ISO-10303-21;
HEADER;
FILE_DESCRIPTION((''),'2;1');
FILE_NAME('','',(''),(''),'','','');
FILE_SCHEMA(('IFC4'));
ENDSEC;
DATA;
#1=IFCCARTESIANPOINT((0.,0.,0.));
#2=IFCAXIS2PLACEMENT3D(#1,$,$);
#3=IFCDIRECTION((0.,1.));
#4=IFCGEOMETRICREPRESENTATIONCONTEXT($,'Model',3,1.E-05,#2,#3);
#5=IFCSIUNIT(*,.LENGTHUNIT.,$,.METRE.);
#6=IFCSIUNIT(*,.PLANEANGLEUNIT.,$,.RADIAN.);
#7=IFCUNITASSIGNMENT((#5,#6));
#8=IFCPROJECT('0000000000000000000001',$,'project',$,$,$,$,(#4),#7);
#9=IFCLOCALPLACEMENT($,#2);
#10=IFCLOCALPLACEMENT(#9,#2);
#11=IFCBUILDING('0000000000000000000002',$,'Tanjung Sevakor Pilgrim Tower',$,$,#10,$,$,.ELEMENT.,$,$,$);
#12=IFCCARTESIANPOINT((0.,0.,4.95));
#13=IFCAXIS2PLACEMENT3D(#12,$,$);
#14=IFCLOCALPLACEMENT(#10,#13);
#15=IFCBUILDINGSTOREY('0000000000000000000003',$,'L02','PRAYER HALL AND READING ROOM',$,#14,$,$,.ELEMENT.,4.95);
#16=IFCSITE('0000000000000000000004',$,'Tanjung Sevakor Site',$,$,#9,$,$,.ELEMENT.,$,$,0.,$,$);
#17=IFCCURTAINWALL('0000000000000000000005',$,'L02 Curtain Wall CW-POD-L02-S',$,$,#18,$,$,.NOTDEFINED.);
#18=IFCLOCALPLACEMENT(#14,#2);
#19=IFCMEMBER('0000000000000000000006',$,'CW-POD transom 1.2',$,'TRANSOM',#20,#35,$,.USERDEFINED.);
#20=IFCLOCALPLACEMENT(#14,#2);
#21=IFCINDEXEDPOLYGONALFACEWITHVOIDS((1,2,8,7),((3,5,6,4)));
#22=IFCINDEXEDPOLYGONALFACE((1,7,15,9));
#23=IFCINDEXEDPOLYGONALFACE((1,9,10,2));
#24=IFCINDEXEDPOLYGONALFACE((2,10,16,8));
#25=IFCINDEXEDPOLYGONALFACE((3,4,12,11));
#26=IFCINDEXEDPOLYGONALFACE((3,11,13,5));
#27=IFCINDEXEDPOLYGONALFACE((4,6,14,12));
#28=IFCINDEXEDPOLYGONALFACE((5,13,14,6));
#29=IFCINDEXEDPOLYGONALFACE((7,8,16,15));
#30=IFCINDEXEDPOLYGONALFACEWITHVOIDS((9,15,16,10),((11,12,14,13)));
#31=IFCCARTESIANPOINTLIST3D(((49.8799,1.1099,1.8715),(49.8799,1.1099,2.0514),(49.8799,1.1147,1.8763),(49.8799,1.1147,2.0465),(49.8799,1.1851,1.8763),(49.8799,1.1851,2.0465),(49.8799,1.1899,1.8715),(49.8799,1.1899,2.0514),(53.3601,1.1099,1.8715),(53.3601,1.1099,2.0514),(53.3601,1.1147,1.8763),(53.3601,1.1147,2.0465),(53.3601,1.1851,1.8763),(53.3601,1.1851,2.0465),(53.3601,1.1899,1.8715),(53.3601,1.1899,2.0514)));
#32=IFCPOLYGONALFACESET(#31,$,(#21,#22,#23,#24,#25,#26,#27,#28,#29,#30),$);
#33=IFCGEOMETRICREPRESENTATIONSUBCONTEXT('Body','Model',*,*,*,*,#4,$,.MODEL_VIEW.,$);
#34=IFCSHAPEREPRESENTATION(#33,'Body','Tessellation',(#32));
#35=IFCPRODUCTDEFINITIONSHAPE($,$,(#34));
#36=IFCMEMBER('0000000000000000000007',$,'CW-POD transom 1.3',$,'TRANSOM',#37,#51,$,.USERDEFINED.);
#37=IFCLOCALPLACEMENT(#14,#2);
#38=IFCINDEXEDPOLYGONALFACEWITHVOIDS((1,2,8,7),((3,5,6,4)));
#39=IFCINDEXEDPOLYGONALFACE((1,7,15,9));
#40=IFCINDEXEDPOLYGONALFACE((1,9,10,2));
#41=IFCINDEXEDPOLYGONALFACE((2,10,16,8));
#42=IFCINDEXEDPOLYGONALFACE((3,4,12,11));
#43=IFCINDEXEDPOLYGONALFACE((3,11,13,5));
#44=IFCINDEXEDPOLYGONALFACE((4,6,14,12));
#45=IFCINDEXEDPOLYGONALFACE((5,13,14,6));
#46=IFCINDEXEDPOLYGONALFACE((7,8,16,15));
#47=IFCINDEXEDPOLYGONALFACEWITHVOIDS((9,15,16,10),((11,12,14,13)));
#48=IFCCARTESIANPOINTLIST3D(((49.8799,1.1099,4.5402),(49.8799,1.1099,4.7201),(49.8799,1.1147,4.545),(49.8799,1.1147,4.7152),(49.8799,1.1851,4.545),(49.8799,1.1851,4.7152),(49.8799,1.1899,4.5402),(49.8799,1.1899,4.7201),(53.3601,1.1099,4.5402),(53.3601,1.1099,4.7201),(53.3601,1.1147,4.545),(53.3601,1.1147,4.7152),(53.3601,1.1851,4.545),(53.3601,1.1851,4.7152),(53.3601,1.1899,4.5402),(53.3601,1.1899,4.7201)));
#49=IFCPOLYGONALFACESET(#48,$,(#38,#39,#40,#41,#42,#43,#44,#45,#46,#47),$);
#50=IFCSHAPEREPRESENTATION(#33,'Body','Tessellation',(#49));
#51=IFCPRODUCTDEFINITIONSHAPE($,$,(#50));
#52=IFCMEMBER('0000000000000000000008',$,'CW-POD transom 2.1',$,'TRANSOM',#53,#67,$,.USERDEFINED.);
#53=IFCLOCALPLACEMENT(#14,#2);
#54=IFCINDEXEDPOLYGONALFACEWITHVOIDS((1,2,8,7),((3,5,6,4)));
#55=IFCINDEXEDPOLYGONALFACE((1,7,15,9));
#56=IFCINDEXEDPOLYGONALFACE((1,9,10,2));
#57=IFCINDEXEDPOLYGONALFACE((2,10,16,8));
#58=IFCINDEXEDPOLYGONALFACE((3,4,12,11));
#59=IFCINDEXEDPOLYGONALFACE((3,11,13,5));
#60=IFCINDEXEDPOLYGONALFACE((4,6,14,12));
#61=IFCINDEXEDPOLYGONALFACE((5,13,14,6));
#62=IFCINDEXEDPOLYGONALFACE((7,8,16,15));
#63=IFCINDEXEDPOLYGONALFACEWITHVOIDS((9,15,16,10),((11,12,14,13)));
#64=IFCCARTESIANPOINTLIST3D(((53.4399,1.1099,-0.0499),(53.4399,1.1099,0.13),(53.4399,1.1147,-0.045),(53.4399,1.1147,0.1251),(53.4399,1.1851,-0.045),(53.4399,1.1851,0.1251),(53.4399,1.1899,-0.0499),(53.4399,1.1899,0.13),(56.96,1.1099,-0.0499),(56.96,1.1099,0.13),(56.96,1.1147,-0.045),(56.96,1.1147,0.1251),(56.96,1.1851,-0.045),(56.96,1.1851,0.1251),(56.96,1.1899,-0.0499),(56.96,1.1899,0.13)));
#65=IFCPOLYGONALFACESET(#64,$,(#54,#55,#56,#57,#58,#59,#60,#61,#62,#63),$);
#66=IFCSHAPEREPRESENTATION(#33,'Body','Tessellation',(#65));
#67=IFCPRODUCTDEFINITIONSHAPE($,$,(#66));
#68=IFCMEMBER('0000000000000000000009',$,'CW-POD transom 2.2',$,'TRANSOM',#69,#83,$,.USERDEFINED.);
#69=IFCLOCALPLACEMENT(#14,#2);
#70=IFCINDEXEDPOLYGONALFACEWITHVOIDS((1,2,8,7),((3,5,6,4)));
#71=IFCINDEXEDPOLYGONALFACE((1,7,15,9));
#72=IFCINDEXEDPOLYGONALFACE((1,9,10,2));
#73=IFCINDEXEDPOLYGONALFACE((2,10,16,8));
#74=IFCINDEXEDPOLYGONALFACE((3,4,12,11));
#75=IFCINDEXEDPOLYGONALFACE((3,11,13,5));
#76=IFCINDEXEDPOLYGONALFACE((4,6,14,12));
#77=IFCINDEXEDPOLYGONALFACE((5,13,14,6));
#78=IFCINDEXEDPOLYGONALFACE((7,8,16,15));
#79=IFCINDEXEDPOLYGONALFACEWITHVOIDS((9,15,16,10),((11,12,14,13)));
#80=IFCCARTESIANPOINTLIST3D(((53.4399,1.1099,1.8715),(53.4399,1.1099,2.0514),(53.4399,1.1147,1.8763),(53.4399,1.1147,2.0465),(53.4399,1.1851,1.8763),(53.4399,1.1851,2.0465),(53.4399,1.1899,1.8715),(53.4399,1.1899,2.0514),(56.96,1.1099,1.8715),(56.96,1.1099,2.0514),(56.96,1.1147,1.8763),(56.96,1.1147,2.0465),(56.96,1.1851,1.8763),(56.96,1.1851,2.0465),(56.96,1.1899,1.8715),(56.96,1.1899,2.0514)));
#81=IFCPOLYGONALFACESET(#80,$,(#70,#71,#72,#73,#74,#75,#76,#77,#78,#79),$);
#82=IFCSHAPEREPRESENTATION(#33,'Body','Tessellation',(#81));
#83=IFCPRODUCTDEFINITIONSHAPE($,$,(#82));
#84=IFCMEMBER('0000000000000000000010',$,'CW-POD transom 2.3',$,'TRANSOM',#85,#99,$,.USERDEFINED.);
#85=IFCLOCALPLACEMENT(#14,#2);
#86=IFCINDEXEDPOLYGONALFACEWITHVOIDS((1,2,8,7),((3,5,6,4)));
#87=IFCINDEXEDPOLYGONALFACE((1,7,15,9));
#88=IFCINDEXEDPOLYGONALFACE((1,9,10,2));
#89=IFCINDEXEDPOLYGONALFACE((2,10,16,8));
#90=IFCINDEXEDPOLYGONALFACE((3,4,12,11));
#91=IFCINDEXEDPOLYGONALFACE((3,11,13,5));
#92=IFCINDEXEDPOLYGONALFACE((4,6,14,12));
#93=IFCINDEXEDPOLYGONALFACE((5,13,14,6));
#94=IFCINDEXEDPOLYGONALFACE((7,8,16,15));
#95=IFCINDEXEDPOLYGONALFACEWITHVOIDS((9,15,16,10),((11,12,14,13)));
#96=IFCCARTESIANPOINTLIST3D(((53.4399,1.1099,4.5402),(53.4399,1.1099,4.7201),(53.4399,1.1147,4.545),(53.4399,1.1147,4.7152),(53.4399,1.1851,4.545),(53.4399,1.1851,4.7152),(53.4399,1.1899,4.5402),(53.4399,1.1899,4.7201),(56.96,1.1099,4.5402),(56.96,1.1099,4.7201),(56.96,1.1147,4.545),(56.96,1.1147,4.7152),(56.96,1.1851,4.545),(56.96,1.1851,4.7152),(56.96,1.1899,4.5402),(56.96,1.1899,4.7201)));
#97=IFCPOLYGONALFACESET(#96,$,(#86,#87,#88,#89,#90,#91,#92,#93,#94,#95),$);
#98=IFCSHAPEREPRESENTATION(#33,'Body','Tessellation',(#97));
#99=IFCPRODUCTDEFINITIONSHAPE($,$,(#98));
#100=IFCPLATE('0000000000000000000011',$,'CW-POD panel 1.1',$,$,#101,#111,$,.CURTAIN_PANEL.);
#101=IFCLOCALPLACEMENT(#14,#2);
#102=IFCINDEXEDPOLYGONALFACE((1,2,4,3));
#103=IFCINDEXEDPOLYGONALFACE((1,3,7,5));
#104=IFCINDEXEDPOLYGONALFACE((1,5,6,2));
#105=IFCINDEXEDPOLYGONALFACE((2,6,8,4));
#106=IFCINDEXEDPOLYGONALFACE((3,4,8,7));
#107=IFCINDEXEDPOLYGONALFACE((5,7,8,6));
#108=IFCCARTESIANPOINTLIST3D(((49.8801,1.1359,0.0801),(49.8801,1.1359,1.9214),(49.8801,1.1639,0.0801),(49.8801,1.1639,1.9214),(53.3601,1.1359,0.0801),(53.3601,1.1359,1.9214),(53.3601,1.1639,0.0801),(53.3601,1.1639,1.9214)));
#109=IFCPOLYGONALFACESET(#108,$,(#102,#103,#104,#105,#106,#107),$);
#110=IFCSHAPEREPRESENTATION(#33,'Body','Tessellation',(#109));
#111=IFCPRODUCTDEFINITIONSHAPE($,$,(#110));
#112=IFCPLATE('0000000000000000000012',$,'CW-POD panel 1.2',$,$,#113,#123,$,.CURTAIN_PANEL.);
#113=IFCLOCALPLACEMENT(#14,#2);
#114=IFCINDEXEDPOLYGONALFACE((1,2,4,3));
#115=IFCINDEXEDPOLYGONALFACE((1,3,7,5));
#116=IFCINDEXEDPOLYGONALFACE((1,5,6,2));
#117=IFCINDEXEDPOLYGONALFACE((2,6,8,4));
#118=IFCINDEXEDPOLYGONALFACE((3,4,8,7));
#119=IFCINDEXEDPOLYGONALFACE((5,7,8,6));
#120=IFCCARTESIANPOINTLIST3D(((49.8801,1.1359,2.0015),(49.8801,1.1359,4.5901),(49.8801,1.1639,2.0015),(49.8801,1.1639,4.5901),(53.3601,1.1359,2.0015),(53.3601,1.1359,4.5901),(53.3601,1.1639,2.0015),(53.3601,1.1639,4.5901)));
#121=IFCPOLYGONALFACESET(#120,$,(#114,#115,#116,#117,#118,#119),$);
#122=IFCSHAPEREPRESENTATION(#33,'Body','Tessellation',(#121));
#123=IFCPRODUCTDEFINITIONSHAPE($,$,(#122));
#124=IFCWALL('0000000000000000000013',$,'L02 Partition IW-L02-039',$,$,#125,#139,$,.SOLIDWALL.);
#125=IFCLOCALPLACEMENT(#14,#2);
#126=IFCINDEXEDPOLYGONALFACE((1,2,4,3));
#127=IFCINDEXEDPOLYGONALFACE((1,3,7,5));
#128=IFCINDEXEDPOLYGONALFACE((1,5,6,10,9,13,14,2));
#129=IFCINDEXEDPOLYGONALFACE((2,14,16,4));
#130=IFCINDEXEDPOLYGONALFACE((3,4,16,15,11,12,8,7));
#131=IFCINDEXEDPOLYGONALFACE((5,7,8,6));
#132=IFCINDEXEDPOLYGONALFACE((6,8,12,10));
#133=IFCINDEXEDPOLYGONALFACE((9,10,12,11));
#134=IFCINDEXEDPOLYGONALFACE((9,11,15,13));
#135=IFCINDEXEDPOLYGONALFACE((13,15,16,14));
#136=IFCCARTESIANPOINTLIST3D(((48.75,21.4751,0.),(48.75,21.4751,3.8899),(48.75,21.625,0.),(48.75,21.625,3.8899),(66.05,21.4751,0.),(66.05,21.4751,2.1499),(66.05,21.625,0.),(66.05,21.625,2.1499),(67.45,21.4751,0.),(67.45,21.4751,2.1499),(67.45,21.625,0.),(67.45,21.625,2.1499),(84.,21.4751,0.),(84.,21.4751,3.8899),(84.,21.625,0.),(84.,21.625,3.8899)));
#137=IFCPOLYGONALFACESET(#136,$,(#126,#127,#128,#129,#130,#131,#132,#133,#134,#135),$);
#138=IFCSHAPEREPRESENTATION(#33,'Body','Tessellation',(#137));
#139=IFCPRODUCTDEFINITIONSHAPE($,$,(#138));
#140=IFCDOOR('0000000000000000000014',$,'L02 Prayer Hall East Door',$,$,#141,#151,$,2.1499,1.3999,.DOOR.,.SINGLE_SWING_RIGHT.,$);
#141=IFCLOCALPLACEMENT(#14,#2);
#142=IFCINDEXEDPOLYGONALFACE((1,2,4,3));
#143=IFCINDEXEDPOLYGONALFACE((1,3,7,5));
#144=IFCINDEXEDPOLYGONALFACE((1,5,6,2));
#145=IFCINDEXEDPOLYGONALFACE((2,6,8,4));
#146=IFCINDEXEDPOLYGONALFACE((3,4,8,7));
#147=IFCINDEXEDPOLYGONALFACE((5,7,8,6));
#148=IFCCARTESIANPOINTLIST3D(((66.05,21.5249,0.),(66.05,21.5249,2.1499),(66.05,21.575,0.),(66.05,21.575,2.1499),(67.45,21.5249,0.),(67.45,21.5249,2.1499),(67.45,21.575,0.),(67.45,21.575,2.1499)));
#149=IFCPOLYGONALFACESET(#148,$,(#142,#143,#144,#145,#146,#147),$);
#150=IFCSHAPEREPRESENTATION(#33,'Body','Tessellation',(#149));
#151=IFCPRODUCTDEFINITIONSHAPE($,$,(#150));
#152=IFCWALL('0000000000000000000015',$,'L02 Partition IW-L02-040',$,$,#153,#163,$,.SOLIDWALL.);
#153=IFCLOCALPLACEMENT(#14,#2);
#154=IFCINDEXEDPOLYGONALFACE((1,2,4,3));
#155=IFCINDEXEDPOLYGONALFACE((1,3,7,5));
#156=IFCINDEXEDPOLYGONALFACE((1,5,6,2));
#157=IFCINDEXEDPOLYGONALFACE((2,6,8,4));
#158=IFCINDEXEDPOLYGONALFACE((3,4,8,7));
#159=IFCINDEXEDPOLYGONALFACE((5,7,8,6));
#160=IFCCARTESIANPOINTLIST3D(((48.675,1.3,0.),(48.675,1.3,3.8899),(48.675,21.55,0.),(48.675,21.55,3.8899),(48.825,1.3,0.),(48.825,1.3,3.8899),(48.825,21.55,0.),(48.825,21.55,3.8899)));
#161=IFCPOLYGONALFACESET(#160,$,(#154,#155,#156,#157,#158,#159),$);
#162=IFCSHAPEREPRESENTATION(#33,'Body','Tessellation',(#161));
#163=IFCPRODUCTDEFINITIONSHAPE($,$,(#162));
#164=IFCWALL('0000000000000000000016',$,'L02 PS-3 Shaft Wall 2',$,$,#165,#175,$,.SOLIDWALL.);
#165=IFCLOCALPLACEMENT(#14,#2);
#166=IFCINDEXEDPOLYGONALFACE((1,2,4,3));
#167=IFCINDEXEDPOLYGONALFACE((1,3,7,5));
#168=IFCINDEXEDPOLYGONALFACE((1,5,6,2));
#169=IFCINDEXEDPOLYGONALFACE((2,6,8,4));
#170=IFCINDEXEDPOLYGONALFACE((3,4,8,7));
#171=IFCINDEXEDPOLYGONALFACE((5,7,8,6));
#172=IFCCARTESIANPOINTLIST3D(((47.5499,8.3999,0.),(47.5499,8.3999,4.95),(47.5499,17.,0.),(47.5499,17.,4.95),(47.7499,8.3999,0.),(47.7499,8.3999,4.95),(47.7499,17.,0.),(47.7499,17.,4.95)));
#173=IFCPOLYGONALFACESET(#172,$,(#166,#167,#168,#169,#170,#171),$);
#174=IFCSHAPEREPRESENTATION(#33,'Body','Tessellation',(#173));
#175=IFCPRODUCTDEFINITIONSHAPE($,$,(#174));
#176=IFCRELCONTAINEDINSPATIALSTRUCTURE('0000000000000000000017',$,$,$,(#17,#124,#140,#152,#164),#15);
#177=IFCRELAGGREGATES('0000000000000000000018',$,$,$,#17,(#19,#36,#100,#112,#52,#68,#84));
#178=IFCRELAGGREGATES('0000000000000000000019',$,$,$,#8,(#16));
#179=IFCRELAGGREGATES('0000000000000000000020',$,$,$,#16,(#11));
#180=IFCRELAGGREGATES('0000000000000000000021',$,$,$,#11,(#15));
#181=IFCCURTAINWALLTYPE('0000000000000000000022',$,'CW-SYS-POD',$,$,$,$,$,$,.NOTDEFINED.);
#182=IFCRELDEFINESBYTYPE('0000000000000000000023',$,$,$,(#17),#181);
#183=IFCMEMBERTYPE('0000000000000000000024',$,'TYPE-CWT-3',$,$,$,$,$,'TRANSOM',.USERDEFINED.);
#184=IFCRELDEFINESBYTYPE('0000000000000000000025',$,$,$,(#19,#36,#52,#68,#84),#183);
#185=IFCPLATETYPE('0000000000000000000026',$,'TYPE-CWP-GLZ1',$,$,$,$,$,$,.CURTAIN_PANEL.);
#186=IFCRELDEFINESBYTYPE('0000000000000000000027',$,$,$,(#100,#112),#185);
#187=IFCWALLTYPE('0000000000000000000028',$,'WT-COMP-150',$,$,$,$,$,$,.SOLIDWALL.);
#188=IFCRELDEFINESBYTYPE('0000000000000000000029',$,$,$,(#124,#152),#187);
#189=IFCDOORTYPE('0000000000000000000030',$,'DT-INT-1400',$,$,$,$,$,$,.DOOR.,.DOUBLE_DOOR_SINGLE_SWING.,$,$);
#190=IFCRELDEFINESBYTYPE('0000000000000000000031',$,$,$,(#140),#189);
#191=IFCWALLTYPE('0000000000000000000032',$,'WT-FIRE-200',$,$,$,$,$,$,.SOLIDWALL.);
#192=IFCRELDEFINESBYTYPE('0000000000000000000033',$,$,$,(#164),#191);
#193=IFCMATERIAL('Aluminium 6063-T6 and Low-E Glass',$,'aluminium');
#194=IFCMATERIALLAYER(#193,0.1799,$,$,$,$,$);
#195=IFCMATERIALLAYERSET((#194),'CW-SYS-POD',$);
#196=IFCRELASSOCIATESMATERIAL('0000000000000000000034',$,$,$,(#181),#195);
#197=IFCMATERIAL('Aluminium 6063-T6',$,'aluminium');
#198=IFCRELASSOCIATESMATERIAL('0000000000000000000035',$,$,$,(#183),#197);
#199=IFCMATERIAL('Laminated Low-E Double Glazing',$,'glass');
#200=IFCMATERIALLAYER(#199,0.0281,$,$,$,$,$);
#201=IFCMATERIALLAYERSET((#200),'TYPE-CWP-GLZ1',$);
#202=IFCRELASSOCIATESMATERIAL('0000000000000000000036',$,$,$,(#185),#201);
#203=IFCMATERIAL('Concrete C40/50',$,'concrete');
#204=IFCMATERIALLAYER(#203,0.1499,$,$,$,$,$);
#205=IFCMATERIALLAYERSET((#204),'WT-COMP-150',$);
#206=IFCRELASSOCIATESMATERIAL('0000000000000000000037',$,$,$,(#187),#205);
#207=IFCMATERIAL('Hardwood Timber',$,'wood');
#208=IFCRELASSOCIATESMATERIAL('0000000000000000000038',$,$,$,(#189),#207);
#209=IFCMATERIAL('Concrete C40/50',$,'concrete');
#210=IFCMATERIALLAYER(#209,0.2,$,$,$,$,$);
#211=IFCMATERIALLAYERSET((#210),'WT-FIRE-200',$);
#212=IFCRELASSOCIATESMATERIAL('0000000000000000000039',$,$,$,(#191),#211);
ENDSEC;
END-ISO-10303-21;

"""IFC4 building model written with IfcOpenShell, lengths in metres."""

from ifc_helpers import new_model, si_unit, direction, frame, frame_2d, origin, origin_2d, place, context, subcontext, project, spatial, rectangle, hollow_rectangle, extrude, material, layer, layer_set, material_profile, profile_set, type_object, element, fill, aggregate, save


model = new_model("IFC4")

# Units and contexts
model_context = context("Model", 3, precision=1e-05, world=origin(), true_north=direction((0.0, 1.0)))
body_context = subcontext(model_context, "Body", "Model", "MODEL_VIEW")
ifc_project = project(units=[si_unit("LENGTHUNIT", "METRE"), si_unit("PLANEANGLEUNIT", "RADIAN")], contexts=[model_context])

# Site, building, storey
site_placement = place(None, origin())
site = spatial("IfcSite", under=ifc_project, at=site_placement, Name="Tanjung Sevakor Site", CompositionType="ELEMENT", RefElevation=0.0)
building_placement = place(site_placement, origin())
building = spatial("IfcBuilding", under=site, at=building_placement, Name="Tanjung Sevakor Pilgrim Tower", CompositionType="ELEMENT")
storey_placement = place(building_placement, frame((0.0, 0.0, 4.95)))
storey = spatial("IfcBuildingStorey", under=building, at=storey_placement, Name="L02", Description="PRAYER HALL AND READING ROOM", CompositionType="ELEMENT", Elevation=4.95)

# Curtain wall, members, plates
ifc_material_1 = material(Name="Aluminium 6063-T6 and Low-E Glass", Category="aluminium")
ifc_layer_1 = layer(ifc_material_1, 0.1799)
ifc_layer_set_1 = layer_set([ifc_layer_1], Name="CW-SYS-POD")
curtain_wall_type = type_object("IfcCurtainWallType", Name="CW-SYS-POD", PredefinedType="NOTDEFINED", material=ifc_layer_set_1)
curtain_wall_placement = place(storey_placement, origin())
curtain_wall = element("IfcCurtainWall", 1, at=curtain_wall_placement, inside=storey, type_object=curtain_wall_type, Name="L02 Curtain Wall CW-POD-L02-S", PredefinedType="NOTDEFINED")
ifc_material_2 = material(Name="Aluminium 6063-T6", Category="aluminium")
ifc_material_profile_1 = material_profile(ifc_material_2, hollow_rectangle(XDim=0.0801, YDim=0.1799, WallThickness=0.0049, at=origin_2d()))
ifc_profile_set_1 = profile_set([ifc_material_profile_1], Name="Aluminium 6063-T6")
member_type_1 = type_object("IfcMemberType", Name="TYPE-CWT-3", ElementType="TRANSOM", PredefinedType="USERDEFINED", material=ifc_profile_set_1)
member_1_placement = place(storey_placement, frame((49.8799, 1.1499, 1.9614), z_axis=(1.0, 0.0, 0.0), x_axis=(0.0, 1.0, 0.0)))
member_1 = element("IfcMember", 2, at=member_1_placement, type_object=member_type_1, Name="CW-POD transom 1.2", ObjectType="TRANSOM", PredefinedType="USERDEFINED", context=body_context, shape_type="SweptSolid", body=[
    extrude(hollow_rectangle(XDim=0.0801, YDim=0.1799, WallThickness=0.0049, at=origin_2d()), origin(), (0.0, 0.0, 1.0), 3.4802),
])
member_2_placement = place(storey_placement, frame((49.8799, 1.1499, 4.6301), z_axis=(1.0, 0.0, 0.0), x_axis=(0.0, 1.0, 0.0)))
member_2 = element("IfcMember", 3, at=member_2_placement, type_object=member_type_1, Name="CW-POD transom 1.3", ObjectType="TRANSOM", PredefinedType="USERDEFINED", context=body_context, shape_type="SweptSolid", body=[
    extrude(hollow_rectangle(XDim=0.0801, YDim=0.1799, WallThickness=0.0049, at=origin_2d()), origin(), (0.0, 0.0, 1.0), 3.4802),
])
member_3_placement = place(storey_placement, frame((53.4399, 1.1499, 0.04), z_axis=(1.0, 0.0, 0.0), x_axis=(0.0, 1.0, 0.0)))
member_3 = element("IfcMember", 4, at=member_3_placement, type_object=member_type_1, Name="CW-POD transom 2.1", ObjectType="TRANSOM", PredefinedType="USERDEFINED", context=body_context, shape_type="SweptSolid", body=[
    extrude(hollow_rectangle(XDim=0.0801, YDim=0.1799, WallThickness=0.0049, at=origin_2d()), origin(), (0.0, 0.0, 1.0), 3.52),
])
member_4_placement = place(storey_placement, frame((53.4399, 1.1499, 1.9614), z_axis=(1.0, 0.0, 0.0), x_axis=(0.0, 1.0, 0.0)))
member_4 = element("IfcMember", 5, at=member_4_placement, type_object=member_type_1, Name="CW-POD transom 2.2", ObjectType="TRANSOM", PredefinedType="USERDEFINED", context=body_context, shape_type="SweptSolid", body=[
    extrude(hollow_rectangle(XDim=0.0801, YDim=0.1799, WallThickness=0.0049, at=origin_2d()), origin(), (0.0, 0.0, 1.0), 3.52),
])
member_5_placement = place(storey_placement, frame((53.4399, 1.1499, 4.6301), z_axis=(1.0, 0.0, 0.0), x_axis=(0.0, 1.0, 0.0)))
member_5 = element("IfcMember", 6, at=member_5_placement, type_object=member_type_1, Name="CW-POD transom 2.3", ObjectType="TRANSOM", PredefinedType="USERDEFINED", context=body_context, shape_type="SweptSolid", body=[
    extrude(hollow_rectangle(XDim=0.0801, YDim=0.1799, WallThickness=0.0049, at=origin_2d()), origin(), (0.0, 0.0, 1.0), 3.52),
])
ifc_material_3 = material(Name="Laminated Low-E Double Glazing", Category="glass")
ifc_layer_2 = layer(ifc_material_3, 0.0281)
ifc_layer_set_2 = layer_set([ifc_layer_2], Name="TYPE-CWP-GLZ1")
plate_type = type_object("IfcPlateType", Name="TYPE-CWP-GLZ1", PredefinedType="CURTAIN_PANEL", material=ifc_layer_set_2)
plate_1_placement = place(storey_placement, frame((51.6201, 1.1499, 0.0801), z_axis=(0.0, 0.0, 1.0), x_axis=(1.0, 0.0, 0.0)))
plate_1 = element("IfcPlate", 7, at=plate_1_placement, type_object=plate_type, Name="CW-POD panel 1.1", PredefinedType="CURTAIN_PANEL", context=body_context, shape_type="SweptSolid", body=[
    extrude(rectangle(XDim=3.48, YDim=0.0281, at=origin_2d()), origin(), (0.0, 0.0, 1.0), 1.8413),
])
plate_2_placement = place(storey_placement, frame((51.6201, 1.1499, 2.0015), z_axis=(0.0, 0.0, 1.0), x_axis=(1.0, 0.0, 0.0)))
plate_2 = element("IfcPlate", 8, at=plate_2_placement, type_object=plate_type, Name="CW-POD panel 1.2", PredefinedType="CURTAIN_PANEL", context=body_context, shape_type="SweptSolid", body=[
    extrude(rectangle(XDim=3.48, YDim=0.0281, at=origin_2d()), origin(), (0.0, 0.0, 1.0), 2.5886),
])
aggregate(curtain_wall, [member_1, member_2, plate_1, plate_2, member_3, member_4, member_5])

# Wall, opening, door
ifc_material_4 = material(Name="Concrete C40/50", Category="concrete")
ifc_layer_3 = layer(ifc_material_4, 0.1499)
ifc_layer_set_3 = layer_set([ifc_layer_3], Name="WT-COMP-150")
wall_type_1 = type_object("IfcWallType", Name="WT-COMP-150", PredefinedType="SOLIDWALL", material=ifc_layer_set_3)
wall_1_placement = place(storey_placement, frame((48.75, 21.55, 0.0), z_axis=(0.0, 0.0, 1.0), x_axis=(1.0, 0.0, 0.0)))
wall_1 = element("IfcWall", 9, at=wall_1_placement, inside=storey, type_object=wall_type_1, Name="L02 Partition IW-L02-039", PredefinedType="SOLIDWALL", context=body_context, shape_type="SweptSolid", body=[
    extrude(rectangle(XDim=35.25, YDim=0.1499, at=frame_2d((17.625, 0.0))), origin(), (0.0, 0.0, 1.0), 3.8899),
])
opening_1_placement = place(wall_1_placement, frame((17.3, 0.0, 0.0)))
opening_1 = element("IfcOpeningElement", 10, at=opening_1_placement, cuts=wall_1, PredefinedType="OPENING", context=body_context, shape_type="SweptSolid", body=[
    extrude(rectangle(XDim=1.3999, YDim=2.1499, at=frame_2d((0.7, 1.075))), frame((0.0, 0.085, 0.0), z_axis=(0.0, -1.0, 0.0), x_axis=(1.0, 0.0, 0.0)), (0.0, 0.0, 1.0), 0.1699),
])
ifc_material_5 = material(Name="Hardwood Timber", Category="wood")
door_type_1 = type_object("IfcDoorType", Name="DT-INT-1400", OperationType="DOUBLE_DOOR_SINGLE_SWING", PredefinedType="DOOR", material=ifc_material_5)
door_1_placement = place(opening_1_placement, origin())
door_1 = element("IfcDoor", 11, at=door_1_placement, inside=storey, type_object=door_type_1, Name="L02 Prayer Hall East Door", OperationType="SINGLE_SWING_RIGHT", OverallHeight=2.1499, OverallWidth=1.3999, PredefinedType="DOOR", context=body_context, shape_type="SweptSolid", body=[
    extrude(rectangle(XDim=1.3999, YDim=2.1499, at=frame_2d((0.7, 1.075))), frame((0.0, 0.0249, 0.0), z_axis=(0.0, -1.0, 0.0), x_axis=(1.0, 0.0, 0.0)), (0.0, 0.0, 1.0), 0.05),
])
fill(opening_1, door_1)

# Walls
wall_2_placement = place(storey_placement, frame((48.75, 1.3, 0.0), z_axis=(0.0, 0.0, 1.0), x_axis=(0.0, 1.0, 0.0)))
element("IfcWall", 12, at=wall_2_placement, inside=storey, type_object=wall_type_1, Name="L02 Partition IW-L02-040", PredefinedType="SOLIDWALL", context=body_context, shape_type="SweptSolid", body=[
    extrude(rectangle(XDim=20.25, YDim=0.1499, at=frame_2d((10.125, 0.0))), origin(), (0.0, 0.0, 1.0), 3.8899),
])
ifc_material_6 = material(Name="Concrete C40/50", Category="concrete")
ifc_layer_4 = layer(ifc_material_6, 0.2)
ifc_layer_set_4 = layer_set([ifc_layer_4], Name="WT-FIRE-200")
wall_type_2 = type_object("IfcWallType", Name="WT-FIRE-200", PredefinedType="SOLIDWALL", material=ifc_layer_set_4)
wall_3_placement = place(storey_placement, frame((47.6499, 8.3999, 0.0), z_axis=(0.0, 0.0, 1.0), x_axis=(0.0, 1.0, 0.0)))
element("IfcWall", 13, at=wall_3_placement, inside=storey, type_object=wall_type_2, Name="L02 PS-3 Shaft Wall 2", PredefinedType="SOLIDWALL", context=body_context, shape_type="SweptSolid", body=[
    extrude(rectangle(XDim=8.6001, YDim=0.2, at=frame_2d((4.3, 0.0))), origin(), (0.0, 0.0, 1.0), 4.95),
])

save(model, "model.ifc")
